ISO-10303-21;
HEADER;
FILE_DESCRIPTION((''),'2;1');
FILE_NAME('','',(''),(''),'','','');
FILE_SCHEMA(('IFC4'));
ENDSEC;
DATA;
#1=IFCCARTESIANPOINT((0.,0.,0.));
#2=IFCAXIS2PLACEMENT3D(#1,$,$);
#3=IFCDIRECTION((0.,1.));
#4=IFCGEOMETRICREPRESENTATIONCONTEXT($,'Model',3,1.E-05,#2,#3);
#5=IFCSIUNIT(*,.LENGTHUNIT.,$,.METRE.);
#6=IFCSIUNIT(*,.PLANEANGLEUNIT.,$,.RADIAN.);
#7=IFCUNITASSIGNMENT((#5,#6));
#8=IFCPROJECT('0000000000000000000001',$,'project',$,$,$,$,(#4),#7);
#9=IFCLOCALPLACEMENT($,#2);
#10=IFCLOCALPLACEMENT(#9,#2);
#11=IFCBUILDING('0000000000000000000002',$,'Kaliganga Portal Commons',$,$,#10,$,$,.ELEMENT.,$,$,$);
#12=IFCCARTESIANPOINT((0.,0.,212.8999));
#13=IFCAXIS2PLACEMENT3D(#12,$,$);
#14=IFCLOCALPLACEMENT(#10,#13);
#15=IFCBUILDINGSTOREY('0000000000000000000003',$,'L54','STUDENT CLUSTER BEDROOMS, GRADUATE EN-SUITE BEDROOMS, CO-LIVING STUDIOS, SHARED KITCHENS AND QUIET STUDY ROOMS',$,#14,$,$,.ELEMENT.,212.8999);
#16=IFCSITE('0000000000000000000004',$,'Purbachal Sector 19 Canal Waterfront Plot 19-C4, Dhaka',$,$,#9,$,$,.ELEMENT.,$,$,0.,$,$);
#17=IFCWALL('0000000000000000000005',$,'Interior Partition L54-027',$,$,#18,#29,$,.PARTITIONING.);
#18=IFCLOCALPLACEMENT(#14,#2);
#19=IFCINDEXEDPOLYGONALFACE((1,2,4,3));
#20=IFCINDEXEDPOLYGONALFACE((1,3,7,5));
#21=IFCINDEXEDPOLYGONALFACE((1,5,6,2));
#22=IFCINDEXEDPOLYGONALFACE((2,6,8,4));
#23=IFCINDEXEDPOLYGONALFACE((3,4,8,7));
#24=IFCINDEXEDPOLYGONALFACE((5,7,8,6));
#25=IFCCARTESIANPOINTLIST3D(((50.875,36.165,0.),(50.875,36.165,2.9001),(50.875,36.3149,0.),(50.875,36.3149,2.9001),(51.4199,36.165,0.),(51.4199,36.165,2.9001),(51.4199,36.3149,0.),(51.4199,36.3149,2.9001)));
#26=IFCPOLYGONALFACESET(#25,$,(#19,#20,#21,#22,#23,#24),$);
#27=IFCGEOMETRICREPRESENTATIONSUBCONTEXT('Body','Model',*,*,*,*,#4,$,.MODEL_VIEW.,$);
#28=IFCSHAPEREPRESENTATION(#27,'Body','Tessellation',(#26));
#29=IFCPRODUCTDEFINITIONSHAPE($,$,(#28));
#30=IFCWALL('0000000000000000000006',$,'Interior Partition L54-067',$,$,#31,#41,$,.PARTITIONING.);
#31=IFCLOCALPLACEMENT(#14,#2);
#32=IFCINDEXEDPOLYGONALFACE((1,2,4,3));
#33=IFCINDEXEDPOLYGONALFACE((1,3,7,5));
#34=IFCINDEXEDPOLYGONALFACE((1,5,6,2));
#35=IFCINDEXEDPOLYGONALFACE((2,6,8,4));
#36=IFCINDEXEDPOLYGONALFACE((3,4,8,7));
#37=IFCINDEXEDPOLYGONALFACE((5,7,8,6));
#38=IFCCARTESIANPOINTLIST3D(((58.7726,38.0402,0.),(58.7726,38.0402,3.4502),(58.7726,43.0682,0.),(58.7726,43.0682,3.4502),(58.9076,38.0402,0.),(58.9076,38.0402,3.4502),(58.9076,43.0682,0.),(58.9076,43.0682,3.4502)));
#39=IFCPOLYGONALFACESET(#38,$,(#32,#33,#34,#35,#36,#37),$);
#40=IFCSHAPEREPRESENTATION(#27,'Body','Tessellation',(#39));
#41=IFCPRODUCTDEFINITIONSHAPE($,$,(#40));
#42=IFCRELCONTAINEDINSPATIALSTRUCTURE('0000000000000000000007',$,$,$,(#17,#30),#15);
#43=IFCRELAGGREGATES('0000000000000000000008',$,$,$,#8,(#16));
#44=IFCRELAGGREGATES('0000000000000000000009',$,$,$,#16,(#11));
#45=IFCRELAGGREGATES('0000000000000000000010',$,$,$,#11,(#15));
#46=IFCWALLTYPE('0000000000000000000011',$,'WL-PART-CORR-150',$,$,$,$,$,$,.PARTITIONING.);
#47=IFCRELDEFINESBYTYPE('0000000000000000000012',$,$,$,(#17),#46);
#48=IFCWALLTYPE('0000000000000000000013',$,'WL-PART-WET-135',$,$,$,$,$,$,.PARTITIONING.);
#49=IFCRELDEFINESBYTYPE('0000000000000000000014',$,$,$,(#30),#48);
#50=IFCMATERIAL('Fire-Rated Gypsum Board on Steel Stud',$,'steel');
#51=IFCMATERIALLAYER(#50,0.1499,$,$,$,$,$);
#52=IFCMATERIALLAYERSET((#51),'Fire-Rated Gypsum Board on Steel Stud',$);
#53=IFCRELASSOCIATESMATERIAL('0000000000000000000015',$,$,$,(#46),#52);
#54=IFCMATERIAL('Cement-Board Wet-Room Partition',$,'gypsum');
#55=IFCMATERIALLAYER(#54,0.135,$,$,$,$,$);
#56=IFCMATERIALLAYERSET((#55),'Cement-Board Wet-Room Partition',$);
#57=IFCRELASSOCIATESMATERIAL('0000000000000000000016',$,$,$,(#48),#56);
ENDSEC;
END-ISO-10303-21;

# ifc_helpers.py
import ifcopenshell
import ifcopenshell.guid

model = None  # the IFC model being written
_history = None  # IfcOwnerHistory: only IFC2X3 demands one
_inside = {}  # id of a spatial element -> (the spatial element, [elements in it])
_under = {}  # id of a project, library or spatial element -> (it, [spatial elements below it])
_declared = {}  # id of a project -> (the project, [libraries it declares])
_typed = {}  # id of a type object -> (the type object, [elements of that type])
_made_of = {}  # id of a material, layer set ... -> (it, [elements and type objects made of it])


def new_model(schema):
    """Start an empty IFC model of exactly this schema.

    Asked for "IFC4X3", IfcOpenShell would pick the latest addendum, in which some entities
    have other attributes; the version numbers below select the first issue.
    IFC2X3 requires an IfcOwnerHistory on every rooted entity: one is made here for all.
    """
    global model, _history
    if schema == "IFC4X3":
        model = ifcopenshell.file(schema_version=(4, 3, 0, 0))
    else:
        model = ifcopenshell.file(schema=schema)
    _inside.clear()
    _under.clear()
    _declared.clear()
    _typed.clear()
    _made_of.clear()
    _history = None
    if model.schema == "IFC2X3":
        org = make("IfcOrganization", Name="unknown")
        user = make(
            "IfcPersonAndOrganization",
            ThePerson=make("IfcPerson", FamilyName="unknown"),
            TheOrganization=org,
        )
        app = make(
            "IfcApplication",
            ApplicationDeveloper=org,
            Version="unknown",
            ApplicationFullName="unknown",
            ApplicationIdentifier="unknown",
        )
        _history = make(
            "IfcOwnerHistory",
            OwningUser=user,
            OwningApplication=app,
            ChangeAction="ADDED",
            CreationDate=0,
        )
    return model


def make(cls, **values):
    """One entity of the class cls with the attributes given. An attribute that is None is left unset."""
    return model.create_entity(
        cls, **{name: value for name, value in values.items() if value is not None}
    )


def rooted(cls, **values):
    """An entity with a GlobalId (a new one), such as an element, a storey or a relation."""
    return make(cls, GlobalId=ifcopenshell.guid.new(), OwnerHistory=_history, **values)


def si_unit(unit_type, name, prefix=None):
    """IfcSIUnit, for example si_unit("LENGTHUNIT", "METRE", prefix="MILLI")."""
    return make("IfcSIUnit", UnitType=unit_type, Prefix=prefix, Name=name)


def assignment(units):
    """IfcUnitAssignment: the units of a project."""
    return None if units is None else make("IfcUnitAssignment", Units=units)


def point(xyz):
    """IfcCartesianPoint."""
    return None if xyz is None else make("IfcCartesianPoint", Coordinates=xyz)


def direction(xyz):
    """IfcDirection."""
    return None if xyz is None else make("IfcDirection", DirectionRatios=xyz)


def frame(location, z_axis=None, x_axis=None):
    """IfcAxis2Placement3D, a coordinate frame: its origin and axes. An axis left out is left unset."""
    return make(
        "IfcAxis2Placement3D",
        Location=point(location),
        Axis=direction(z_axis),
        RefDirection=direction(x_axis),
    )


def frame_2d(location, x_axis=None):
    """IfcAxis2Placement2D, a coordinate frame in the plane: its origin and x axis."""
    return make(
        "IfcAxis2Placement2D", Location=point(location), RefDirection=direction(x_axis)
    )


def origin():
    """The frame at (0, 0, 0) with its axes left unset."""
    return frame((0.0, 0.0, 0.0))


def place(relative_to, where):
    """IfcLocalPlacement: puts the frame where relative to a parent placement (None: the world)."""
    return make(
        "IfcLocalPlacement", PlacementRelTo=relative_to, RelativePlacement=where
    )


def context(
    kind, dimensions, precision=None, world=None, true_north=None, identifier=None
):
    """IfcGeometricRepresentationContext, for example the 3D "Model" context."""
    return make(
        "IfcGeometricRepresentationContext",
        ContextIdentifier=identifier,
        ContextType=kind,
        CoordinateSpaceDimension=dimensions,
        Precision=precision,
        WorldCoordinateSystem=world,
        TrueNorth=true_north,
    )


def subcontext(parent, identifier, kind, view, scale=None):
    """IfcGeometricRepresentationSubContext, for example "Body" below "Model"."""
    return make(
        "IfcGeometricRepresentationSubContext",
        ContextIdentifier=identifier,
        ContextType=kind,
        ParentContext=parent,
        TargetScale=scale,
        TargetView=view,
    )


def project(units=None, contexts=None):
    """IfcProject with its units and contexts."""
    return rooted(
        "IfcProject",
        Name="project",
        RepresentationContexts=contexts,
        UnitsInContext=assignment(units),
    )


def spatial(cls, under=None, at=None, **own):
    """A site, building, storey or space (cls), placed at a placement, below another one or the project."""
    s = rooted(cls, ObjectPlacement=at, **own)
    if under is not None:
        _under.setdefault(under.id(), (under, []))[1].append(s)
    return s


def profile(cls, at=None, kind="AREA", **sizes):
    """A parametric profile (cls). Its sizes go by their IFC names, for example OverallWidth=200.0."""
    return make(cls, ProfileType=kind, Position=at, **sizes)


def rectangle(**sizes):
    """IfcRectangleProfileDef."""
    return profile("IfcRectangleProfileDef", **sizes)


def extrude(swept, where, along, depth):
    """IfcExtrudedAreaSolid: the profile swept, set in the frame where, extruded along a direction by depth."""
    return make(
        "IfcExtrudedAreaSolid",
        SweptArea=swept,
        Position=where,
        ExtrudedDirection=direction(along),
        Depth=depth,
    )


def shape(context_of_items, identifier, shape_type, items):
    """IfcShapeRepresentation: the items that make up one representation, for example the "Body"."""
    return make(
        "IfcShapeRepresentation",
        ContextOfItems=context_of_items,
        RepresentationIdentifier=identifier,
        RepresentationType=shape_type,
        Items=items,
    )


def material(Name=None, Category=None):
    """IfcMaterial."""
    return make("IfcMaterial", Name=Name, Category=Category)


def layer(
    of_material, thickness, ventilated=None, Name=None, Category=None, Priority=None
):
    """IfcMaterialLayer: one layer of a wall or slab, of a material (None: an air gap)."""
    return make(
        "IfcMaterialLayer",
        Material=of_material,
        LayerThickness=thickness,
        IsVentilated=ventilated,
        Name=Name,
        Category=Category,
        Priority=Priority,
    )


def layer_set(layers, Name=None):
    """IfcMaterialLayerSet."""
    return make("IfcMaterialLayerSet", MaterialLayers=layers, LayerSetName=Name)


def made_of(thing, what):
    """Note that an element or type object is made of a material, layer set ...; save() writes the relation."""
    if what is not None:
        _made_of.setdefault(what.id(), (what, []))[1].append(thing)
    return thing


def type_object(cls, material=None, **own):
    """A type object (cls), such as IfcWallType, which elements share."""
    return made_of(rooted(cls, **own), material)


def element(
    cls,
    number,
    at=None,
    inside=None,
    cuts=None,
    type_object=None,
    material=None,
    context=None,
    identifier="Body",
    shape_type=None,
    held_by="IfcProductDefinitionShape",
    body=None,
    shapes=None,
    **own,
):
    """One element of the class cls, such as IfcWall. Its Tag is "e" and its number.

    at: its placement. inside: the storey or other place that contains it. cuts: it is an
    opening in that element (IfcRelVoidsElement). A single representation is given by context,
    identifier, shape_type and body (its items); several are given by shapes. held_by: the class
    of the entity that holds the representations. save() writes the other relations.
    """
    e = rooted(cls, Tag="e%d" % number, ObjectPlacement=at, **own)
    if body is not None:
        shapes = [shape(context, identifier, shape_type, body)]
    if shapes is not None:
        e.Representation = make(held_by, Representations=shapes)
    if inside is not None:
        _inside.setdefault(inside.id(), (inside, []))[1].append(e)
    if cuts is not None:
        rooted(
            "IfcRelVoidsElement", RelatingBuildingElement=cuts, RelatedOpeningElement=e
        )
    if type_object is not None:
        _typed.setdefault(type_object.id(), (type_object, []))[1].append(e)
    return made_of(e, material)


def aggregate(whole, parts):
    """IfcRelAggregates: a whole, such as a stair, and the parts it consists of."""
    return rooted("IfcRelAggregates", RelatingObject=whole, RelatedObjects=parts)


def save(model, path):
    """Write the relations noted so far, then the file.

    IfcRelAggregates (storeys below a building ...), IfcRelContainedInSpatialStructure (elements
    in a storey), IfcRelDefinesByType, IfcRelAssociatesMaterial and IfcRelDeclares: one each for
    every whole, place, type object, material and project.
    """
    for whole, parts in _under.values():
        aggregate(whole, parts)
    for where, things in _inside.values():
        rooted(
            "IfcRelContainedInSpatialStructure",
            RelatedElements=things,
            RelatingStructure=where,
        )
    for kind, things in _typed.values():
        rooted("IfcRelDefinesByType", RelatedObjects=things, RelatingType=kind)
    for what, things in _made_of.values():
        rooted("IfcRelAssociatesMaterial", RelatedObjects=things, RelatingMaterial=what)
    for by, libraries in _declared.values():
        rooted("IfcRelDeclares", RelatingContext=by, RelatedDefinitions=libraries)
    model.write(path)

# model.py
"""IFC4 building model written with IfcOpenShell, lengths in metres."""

from ifc_helpers import new_model, si_unit, direction, frame, frame_2d, origin, place, context, subcontext, project, spatial, rectangle, extrude, material, layer, layer_set, type_object, element, save


model = new_model("IFC4")

# Units and contexts
model_context = context("Model", 3, precision=1e-05, world=origin(), true_north=direction((0.0, 1.0)))
body_context = subcontext(model_context, "Body", "Model", "MODEL_VIEW")
ifc_project = project(units=[si_unit("LENGTHUNIT", "METRE"), si_unit("PLANEANGLEUNIT", "RADIAN")], contexts=[model_context])

# Site, building, storey
site_placement = place(None, origin())
site = spatial("IfcSite", under=ifc_project, at=site_placement, Name="Purbachal Sector 19 Canal Waterfront Plot 19-C4, Dhaka", CompositionType="ELEMENT", RefElevation=0.0)
building_placement = place(site_placement, origin())
building = spatial("IfcBuilding", under=site, at=building_placement, Name="Kaliganga Portal Commons", CompositionType="ELEMENT")
storey_placement = place(building_placement, frame((0.0, 0.0, 212.8999)))
storey = spatial("IfcBuildingStorey", under=building, at=storey_placement, Name="L54", Description="STUDENT CLUSTER BEDROOMS, GRADUATE EN-SUITE BEDROOMS, CO-LIVING STUDIOS, SHARED KITCHENS AND QUIET STUDY ROOMS", CompositionType="ELEMENT", Elevation=212.8999)

# Shared definitions
ifc_material_1 = material(Name="Fire-Rated Gypsum Board on Steel Stud", Category="steel")
ifc_layer_1 = layer(ifc_material_1, 0.1499)
ifc_layer_set_1 = layer_set([ifc_layer_1], Name="Fire-Rated Gypsum Board on Steel Stud")
wall_type_1 = type_object("IfcWallType", Name="WL-PART-CORR-150", PredefinedType="PARTITIONING", material=ifc_layer_set_1)

# Wall
wall_1_placement = place(storey_placement, frame((50.875, 36.24, 0.0), z_axis=(0.0, 0.0, 1.0), x_axis=(1.0, 0.0, 0.0)))
element("IfcWall", 1, at=wall_1_placement, inside=storey, type_object=wall_type_1, Name="Interior Partition L54-027", PredefinedType="PARTITIONING", context=body_context, shape_type="SweptSolid", body=[
    extrude(rectangle(XDim=0.5449, YDim=0.1499, at=frame_2d((0.2725, 0.0))), origin(), (0.0, 0.0, 1.0), 2.9001),
])

# Wall
ifc_material_2 = material(Name="Cement-Board Wet-Room Partition", Category="gypsum")
ifc_layer_2 = layer(ifc_material_2, 0.135)
ifc_layer_set_2 = layer_set([ifc_layer_2], Name="Cement-Board Wet-Room Partition")
wall_type_2 = type_object("IfcWallType", Name="WL-PART-WET-135", PredefinedType="PARTITIONING", material=ifc_layer_set_2)
wall_2_placement = place(storey_placement, frame((58.8401, 38.04, 0.0), z_axis=(0.0, 0.0, 1.0), x_axis=(0.0, 1.0, 0.0)))
element("IfcWall", 2, at=wall_2_placement, inside=storey, type_object=wall_type_2, Name="Interior Partition L54-067", PredefinedType="PARTITIONING", context=body_context, shape_type="SweptSolid", body=[
    extrude(rectangle(XDim=5.0281, YDim=0.135, at=frame_2d((2.5142, 0.0))), origin(), (0.0, 0.0, 1.0), 3.4502),
])

save(model, "model.ifc")
